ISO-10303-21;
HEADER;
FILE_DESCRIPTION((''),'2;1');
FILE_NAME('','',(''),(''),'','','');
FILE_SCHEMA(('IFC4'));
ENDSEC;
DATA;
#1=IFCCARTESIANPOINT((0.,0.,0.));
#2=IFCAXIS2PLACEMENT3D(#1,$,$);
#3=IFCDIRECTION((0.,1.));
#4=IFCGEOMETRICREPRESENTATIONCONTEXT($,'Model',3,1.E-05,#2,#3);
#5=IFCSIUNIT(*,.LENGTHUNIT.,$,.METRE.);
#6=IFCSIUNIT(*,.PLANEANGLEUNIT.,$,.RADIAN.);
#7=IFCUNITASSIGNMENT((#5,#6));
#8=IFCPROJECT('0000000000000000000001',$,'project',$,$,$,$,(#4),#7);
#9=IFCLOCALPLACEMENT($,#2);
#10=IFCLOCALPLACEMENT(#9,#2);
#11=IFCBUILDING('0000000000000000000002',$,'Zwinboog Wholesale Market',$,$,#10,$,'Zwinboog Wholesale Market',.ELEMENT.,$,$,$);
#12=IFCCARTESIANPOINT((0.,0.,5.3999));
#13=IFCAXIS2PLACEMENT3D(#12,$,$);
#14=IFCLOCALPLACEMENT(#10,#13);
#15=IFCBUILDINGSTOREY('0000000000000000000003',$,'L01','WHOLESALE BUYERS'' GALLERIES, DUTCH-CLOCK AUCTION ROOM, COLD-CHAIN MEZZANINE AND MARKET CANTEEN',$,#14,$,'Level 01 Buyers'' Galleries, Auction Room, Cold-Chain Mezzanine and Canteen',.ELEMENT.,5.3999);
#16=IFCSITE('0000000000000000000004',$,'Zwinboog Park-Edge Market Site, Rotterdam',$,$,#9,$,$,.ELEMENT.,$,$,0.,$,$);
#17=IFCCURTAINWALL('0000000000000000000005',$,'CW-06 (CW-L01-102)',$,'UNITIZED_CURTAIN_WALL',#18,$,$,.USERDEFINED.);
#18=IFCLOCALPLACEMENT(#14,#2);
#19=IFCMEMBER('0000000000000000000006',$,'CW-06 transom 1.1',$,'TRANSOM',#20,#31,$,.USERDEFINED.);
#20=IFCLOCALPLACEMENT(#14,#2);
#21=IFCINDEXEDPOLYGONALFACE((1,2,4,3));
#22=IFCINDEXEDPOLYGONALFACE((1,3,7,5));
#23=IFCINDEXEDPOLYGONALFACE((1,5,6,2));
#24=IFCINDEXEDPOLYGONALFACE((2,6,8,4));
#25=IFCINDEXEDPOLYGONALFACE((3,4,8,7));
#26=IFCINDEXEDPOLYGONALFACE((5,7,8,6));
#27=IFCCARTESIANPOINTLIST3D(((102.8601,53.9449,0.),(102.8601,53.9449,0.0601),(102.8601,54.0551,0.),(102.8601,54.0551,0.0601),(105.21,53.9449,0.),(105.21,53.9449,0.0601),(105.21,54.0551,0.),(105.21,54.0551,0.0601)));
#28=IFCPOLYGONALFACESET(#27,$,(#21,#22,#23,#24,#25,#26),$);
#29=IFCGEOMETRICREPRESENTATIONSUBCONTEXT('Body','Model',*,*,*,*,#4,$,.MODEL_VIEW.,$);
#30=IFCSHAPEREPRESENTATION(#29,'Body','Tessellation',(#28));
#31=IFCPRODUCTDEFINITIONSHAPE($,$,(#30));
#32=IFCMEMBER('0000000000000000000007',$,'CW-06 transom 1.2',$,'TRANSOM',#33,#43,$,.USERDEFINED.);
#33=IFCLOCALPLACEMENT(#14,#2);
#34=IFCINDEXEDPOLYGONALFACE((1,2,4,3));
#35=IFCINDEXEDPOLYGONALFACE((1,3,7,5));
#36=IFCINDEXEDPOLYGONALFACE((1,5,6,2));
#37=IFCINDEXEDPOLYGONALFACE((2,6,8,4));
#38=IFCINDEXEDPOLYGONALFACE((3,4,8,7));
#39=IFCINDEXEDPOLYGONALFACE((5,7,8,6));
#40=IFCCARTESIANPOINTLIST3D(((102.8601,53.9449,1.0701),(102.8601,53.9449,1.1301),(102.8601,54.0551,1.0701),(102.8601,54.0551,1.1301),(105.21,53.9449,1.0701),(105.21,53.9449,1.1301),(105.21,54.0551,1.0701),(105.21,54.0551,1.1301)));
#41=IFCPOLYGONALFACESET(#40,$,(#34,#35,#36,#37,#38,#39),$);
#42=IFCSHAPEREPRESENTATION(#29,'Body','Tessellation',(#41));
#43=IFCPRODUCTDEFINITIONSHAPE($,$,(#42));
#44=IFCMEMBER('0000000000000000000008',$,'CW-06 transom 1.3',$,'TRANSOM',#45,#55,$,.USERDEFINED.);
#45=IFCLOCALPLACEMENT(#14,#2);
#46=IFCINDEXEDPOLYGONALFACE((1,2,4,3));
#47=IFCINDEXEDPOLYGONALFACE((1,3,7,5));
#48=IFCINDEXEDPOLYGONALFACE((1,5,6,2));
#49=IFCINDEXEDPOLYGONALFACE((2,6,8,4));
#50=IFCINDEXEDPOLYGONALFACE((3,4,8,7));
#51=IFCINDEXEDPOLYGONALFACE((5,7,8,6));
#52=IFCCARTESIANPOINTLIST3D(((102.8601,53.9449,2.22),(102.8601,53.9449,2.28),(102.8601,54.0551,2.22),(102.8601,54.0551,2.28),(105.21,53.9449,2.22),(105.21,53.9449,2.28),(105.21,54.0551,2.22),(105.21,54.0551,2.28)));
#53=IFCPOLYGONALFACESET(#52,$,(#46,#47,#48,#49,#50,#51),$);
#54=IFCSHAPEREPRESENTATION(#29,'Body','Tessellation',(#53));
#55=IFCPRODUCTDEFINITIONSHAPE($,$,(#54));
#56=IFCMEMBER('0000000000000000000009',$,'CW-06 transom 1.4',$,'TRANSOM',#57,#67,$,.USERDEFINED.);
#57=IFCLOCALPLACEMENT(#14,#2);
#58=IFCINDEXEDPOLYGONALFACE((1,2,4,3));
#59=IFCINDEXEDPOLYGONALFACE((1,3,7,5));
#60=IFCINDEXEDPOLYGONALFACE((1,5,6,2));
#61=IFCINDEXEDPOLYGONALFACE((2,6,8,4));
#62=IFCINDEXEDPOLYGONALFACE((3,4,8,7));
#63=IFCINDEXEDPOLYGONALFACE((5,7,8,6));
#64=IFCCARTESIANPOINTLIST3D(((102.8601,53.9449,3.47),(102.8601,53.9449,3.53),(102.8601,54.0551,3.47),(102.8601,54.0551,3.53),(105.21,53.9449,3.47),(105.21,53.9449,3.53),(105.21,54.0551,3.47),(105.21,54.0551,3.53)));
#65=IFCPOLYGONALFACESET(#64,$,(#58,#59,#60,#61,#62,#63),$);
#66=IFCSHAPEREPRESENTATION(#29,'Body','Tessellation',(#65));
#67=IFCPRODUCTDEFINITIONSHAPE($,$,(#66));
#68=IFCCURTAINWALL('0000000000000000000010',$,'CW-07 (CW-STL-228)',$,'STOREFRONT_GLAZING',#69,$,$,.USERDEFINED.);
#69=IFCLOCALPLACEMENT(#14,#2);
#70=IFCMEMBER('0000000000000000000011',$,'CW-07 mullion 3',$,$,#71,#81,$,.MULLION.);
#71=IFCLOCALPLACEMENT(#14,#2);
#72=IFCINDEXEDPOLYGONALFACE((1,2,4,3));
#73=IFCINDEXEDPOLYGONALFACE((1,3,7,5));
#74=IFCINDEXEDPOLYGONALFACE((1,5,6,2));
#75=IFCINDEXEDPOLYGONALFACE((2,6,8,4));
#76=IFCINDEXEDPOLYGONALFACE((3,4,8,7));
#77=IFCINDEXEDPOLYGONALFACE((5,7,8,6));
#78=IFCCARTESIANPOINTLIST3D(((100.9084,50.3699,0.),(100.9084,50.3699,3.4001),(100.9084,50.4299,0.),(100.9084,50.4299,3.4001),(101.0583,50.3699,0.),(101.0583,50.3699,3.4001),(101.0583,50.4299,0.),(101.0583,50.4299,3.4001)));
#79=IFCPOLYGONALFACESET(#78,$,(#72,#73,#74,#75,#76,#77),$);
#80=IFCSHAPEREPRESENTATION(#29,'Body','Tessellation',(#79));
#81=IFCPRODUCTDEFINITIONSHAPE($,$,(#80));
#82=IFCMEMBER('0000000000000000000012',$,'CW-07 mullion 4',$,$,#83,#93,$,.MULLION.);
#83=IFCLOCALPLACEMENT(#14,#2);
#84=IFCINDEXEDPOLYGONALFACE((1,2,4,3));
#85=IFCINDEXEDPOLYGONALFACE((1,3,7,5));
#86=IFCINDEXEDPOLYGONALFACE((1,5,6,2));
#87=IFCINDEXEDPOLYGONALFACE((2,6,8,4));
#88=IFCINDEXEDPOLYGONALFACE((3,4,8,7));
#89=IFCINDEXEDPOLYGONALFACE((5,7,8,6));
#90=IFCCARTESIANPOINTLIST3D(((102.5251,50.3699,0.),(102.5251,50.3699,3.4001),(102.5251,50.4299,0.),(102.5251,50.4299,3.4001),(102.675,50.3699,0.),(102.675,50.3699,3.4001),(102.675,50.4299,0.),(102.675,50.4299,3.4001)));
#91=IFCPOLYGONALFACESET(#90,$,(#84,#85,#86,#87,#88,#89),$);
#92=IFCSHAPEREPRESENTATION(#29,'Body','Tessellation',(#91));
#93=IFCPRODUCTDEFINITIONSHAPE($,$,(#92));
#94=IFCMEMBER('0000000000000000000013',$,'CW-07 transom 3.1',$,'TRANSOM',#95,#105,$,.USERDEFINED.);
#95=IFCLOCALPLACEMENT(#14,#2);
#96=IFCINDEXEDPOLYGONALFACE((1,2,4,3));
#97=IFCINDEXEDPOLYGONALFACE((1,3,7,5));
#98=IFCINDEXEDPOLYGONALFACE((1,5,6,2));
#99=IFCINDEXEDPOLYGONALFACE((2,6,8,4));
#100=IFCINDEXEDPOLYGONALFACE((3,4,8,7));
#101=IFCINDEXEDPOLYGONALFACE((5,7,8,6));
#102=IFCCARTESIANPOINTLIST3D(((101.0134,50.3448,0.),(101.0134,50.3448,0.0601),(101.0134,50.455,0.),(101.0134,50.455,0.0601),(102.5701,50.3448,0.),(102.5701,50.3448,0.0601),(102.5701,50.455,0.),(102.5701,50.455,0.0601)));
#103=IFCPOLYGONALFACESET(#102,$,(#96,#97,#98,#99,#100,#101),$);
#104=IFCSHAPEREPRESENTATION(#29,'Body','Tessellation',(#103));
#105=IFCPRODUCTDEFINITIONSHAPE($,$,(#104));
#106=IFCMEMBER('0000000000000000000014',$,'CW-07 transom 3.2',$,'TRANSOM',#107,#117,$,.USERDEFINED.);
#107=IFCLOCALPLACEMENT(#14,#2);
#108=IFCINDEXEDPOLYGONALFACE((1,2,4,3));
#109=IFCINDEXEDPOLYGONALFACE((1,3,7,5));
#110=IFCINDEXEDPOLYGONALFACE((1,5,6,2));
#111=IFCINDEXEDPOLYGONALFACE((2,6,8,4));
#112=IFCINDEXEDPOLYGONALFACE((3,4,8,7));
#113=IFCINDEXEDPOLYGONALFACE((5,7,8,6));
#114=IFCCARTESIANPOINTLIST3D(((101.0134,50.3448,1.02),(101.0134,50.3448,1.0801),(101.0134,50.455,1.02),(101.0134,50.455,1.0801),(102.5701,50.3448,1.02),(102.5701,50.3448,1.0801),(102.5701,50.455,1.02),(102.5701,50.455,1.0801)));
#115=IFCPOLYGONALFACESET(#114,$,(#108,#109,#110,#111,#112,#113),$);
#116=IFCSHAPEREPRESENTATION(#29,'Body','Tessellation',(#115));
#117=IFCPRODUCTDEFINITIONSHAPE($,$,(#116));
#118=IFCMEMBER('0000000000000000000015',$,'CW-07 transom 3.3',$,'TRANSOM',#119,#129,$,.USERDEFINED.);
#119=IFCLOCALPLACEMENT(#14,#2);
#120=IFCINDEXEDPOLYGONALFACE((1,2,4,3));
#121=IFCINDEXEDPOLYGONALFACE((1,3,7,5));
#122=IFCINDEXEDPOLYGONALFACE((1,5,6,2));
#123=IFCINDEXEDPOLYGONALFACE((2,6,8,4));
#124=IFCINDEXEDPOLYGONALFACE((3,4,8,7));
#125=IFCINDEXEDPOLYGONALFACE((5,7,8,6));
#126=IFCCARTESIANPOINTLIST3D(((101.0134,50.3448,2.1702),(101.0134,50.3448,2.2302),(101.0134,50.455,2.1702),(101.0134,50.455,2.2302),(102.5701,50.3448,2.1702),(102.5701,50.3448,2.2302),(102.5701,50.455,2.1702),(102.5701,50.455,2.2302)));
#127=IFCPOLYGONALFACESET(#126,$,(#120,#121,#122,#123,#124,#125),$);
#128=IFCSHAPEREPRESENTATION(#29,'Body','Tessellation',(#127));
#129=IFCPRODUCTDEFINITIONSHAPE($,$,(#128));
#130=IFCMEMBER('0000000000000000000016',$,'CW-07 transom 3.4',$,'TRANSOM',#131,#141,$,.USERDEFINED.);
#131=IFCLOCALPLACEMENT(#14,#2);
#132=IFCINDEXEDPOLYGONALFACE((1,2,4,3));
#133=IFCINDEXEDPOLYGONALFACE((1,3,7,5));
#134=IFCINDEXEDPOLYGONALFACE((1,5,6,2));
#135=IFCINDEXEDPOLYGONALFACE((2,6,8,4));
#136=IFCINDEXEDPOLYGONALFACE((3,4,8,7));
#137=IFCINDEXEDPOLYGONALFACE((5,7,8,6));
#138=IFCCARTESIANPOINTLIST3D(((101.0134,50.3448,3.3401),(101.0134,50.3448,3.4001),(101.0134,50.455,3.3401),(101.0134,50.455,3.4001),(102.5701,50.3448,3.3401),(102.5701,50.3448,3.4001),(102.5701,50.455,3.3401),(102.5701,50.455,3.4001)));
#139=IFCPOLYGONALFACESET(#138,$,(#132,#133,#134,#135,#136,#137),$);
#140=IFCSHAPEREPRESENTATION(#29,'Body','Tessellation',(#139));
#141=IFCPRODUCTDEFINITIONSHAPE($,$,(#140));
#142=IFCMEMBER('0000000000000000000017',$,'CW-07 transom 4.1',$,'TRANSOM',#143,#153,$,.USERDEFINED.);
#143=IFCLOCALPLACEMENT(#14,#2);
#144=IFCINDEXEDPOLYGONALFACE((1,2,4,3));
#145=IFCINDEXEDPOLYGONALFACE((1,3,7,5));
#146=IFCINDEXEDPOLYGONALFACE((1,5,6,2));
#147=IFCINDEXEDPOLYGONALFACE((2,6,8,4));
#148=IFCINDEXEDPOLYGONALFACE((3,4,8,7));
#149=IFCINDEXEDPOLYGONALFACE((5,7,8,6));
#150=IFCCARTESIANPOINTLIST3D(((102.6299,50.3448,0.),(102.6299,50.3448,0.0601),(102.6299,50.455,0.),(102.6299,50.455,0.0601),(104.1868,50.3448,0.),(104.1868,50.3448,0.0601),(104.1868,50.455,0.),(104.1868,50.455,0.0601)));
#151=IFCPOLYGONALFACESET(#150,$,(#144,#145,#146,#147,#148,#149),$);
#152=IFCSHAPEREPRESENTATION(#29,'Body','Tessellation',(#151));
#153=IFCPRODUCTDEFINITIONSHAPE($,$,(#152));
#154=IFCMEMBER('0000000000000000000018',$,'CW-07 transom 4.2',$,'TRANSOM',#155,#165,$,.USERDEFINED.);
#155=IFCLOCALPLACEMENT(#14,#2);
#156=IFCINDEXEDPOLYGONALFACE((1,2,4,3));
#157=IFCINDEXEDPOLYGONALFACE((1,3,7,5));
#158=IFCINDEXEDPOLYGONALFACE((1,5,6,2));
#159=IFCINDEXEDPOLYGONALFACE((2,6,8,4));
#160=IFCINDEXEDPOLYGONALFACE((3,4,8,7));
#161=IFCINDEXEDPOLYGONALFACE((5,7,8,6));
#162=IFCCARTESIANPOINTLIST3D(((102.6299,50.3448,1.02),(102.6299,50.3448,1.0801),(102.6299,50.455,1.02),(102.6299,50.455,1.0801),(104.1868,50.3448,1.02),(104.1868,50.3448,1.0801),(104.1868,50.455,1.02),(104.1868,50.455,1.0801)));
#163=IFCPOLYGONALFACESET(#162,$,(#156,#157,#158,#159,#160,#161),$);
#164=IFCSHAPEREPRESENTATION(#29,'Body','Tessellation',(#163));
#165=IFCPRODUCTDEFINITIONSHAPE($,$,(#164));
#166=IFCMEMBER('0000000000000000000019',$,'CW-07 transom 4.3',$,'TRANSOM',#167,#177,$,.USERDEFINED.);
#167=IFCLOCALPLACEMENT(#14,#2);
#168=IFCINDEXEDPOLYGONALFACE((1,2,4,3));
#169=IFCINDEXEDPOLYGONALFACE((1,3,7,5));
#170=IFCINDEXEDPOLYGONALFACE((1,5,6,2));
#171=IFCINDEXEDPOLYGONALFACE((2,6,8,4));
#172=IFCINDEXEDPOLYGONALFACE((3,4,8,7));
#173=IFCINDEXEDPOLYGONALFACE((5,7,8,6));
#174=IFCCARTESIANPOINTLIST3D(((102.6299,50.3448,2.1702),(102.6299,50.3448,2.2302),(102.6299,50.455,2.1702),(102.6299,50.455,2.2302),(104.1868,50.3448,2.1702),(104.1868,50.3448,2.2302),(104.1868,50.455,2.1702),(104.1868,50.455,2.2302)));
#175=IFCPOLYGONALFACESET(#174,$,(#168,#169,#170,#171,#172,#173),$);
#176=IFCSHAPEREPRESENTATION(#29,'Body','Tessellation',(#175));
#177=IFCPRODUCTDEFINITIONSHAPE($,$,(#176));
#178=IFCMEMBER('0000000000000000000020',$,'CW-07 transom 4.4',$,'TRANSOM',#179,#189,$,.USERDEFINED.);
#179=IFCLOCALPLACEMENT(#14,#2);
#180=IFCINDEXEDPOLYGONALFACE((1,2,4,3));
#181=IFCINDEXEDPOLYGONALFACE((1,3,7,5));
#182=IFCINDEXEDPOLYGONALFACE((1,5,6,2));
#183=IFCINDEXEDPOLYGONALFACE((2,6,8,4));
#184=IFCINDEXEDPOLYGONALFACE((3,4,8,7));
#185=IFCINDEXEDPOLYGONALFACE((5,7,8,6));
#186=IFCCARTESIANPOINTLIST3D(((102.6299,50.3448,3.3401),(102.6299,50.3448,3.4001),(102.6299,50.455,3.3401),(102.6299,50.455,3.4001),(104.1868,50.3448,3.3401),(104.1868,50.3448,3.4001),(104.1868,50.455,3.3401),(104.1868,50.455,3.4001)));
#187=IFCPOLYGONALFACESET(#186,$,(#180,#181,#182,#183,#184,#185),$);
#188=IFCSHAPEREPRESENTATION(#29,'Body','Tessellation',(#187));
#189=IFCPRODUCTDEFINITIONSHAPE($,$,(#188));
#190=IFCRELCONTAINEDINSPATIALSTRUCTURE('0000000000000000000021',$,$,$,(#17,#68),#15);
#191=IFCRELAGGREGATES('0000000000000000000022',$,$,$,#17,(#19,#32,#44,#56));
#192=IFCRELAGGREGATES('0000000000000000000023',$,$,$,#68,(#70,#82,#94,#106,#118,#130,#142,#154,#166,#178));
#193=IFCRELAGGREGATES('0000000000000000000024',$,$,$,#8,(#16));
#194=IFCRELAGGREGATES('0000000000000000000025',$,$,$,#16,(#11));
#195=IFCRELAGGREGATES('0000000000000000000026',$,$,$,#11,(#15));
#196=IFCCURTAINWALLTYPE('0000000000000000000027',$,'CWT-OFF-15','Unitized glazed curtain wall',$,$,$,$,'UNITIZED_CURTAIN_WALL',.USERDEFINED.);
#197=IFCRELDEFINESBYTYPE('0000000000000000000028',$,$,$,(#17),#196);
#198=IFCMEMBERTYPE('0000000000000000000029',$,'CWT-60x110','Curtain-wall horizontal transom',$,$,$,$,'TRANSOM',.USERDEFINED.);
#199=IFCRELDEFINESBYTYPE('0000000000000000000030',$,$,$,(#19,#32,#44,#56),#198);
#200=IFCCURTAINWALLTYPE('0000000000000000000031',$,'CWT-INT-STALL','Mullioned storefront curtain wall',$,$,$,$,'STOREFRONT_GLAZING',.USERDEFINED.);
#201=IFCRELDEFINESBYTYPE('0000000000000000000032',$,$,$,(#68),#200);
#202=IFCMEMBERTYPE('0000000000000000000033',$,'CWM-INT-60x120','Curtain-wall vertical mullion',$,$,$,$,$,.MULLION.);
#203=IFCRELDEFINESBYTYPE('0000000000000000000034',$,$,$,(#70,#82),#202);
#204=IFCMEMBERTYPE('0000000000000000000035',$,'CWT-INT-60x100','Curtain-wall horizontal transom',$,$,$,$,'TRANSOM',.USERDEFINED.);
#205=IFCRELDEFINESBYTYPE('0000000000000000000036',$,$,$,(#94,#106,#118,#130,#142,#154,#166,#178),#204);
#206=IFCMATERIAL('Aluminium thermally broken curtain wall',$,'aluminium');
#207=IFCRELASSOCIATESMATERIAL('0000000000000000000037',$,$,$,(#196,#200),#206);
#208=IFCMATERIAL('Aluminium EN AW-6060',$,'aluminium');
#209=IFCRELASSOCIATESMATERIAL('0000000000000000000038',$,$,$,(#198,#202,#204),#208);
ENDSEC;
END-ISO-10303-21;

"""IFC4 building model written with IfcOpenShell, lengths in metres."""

from ifc_helpers import new_model, si_unit, direction, frame, origin, origin_2d, place, context, subcontext, project, spatial, rectangle, extrude, material, material_profile, profile_set, type_object, element, aggregate, save


model = new_model("IFC4")

# Units and contexts
model_context = context("Model", 3, precision=1e-05, world=origin(), true_north=direction((0.0, 1.0)))
body_context = subcontext(model_context, "Body", "Model", "MODEL_VIEW")
ifc_project = project(units=[si_unit("LENGTHUNIT", "METRE"), si_unit("PLANEANGLEUNIT", "RADIAN")], contexts=[model_context])

# Site, building, storey
site_placement = place(None, origin())
site = spatial("IfcSite", under=ifc_project, at=site_placement, Name="Zwinboog Park-Edge Market Site, Rotterdam", CompositionType="ELEMENT", RefElevation=0.0)
building_placement = place(site_placement, origin())
building = spatial("IfcBuilding", under=site, at=building_placement, Name="Zwinboog Wholesale Market", LongName="Zwinboog Wholesale Market", CompositionType="ELEMENT")
storey_placement = place(building_placement, frame((0.0, 0.0, 5.3999)))
storey = spatial("IfcBuildingStorey", under=building, at=storey_placement, Name="L01", Description="WHOLESALE BUYERS' GALLERIES, DUTCH-CLOCK AUCTION ROOM, COLD-CHAIN MEZZANINE AND MARKET CANTEEN", LongName="Level 01 Buyers' Galleries, Auction Room, Cold-Chain Mezzanine and Canteen", CompositionType="ELEMENT", Elevation=5.3999)

# Shared definitions
ifc_material_1 = material(Name="Aluminium thermally broken curtain wall", Category="aluminium")
ifc_material_2 = material(Name="Aluminium EN AW-6060", Category="aluminium")

# Curtain wall
curtain_wall_type_1 = type_object("IfcCurtainWallType", Name="CWT-OFF-15", Description="Unitized glazed curtain wall", ElementType="UNITIZED_CURTAIN_WALL", PredefinedType="USERDEFINED", material=ifc_material_1)
curtain_wall_1_placement = place(storey_placement, origin())
curtain_wall_1 = element("IfcCurtainWall", 1, at=curtain_wall_1_placement, inside=storey, type_object=curtain_wall_type_1, Name="CW-06 (CW-L01-102)", ObjectType="UNITIZED_CURTAIN_WALL", PredefinedType="USERDEFINED")

# Members
ifc_material_profile_1 = material_profile(ifc_material_2, rectangle(XDim=0.1101, YDim=0.0601, at=origin_2d()), Name="AL 60x110")
ifc_profile_set_1 = profile_set([ifc_material_profile_1], Name="Aluminium EN AW-6060")
member_type_1 = type_object("IfcMemberType", Name="CWT-60x110", Description="Curtain-wall horizontal transom", ElementType="TRANSOM", PredefinedType="USERDEFINED", material=ifc_profile_set_1)
member_1_placement = place(storey_placement, frame((102.8601, 54.0, 0.03), z_axis=(1.0, 0.0, 0.0), x_axis=(0.0, 1.0, 0.0)))
member_1 = element("IfcMember", 2, at=member_1_placement, type_object=member_type_1, Name="CW-06 transom 1.1", ObjectType="TRANSOM", PredefinedType="USERDEFINED", context=body_context, shape_type="SweptSolid", body=[
    extrude(rectangle(XDim=0.1101, YDim=0.0601, at=origin_2d()), origin(), (0.0, 0.0, 1.0), 2.3499),
])
member_2_placement = place(storey_placement, frame((102.8601, 54.0, 1.1001), z_axis=(1.0, 0.0, 0.0), x_axis=(0.0, 1.0, 0.0)))
member_2 = element("IfcMember", 3, at=member_2_placement, type_object=member_type_1, Name="CW-06 transom 1.2", ObjectType="TRANSOM", PredefinedType="USERDEFINED", context=body_context, shape_type="SweptSolid", body=[
    extrude(rectangle(XDim=0.1101, YDim=0.0601, at=origin_2d()), origin(), (0.0, 0.0, 1.0), 2.3499),
])
member_3_placement = place(storey_placement, frame((102.8601, 54.0, 2.25), z_axis=(1.0, 0.0, 0.0), x_axis=(0.0, 1.0, 0.0)))
member_3 = element("IfcMember", 4, at=member_3_placement, type_object=member_type_1, Name="CW-06 transom 1.3", ObjectType="TRANSOM", PredefinedType="USERDEFINED", context=body_context, shape_type="SweptSolid", body=[
    extrude(rectangle(XDim=0.1101, YDim=0.0601, at=origin_2d()), origin(), (0.0, 0.0, 1.0), 2.3499),
])
member_4_placement = place(storey_placement, frame((102.8601, 54.0, 3.5), z_axis=(1.0, 0.0, 0.0), x_axis=(0.0, 1.0, 0.0)))
member_4 = element("IfcMember", 5, at=member_4_placement, type_object=member_type_1, Name="CW-06 transom 1.4", ObjectType="TRANSOM", PredefinedType="USERDEFINED", context=body_context, shape_type="SweptSolid", body=[
    extrude(rectangle(XDim=0.1101, YDim=0.0601, at=origin_2d()), origin(), (0.0, 0.0, 1.0), 2.3499),
])
aggregate(curtain_wall_1, [member_1, member_2, member_3, member_4])

# Curtain wall, members
curtain_wall_type_2 = type_object("IfcCurtainWallType", Name="CWT-INT-STALL", Description="Mullioned storefront curtain wall", ElementType="STOREFRONT_GLAZING", PredefinedType="USERDEFINED", material=ifc_material_1)
curtain_wall_2_placement = place(storey_placement, origin())
curtain_wall_2 = element("IfcCurtainWall", 6, at=curtain_wall_2_placement, inside=storey, type_object=curtain_wall_type_2, Name="CW-07 (CW-STL-228)", ObjectType="STOREFRONT_GLAZING", PredefinedType="USERDEFINED")
ifc_material_profile_2 = material_profile(ifc_material_2, rectangle(XDim=0.0601, YDim=0.1499, at=origin_2d()), Name="AL 60x150")
ifc_profile_set_2 = profile_set([ifc_material_profile_2], Name="Aluminium EN AW-6060")
member_type_2 = type_object("IfcMemberType", Name="CWM-INT-60x120", Description="Curtain-wall vertical mullion", PredefinedType="MULLION", material=ifc_profile_set_2)
member_5_placement = place(storey_placement, frame((100.9834, 50.3999, 0.0), z_axis=(0.0, 0.0, 1.0), x_axis=(0.0, 1.0, 0.0)))
member_5 = element("IfcMember", 7, at=member_5_placement, type_object=member_type_2, Name="CW-07 mullion 3", PredefinedType="MULLION", context=body_context, shape_type="SweptSolid", body=[
    extrude(rectangle(XDim=0.0601, YDim=0.1499, at=origin_2d()), origin(), (0.0, 0.0, 1.0), 3.4001),
])
member_6_placement = place(storey_placement, frame((102.6001, 50.3999, 0.0), z_axis=(0.0, 0.0, 1.0), x_axis=(0.0, 1.0, 0.0)))
member_6 = element("IfcMember", 8, at=member_6_placement, type_object=member_type_2, Name="CW-07 mullion 4", PredefinedType="MULLION", context=body_context, shape_type="SweptSolid", body=[
    extrude(rectangle(XDim=0.0601, YDim=0.1499, at=origin_2d()), origin(), (0.0, 0.0, 1.0), 3.4001),
])
ifc_material_profile_3 = material_profile(ifc_material_2, rectangle(XDim=0.1101, YDim=0.0601, at=origin_2d()), Name="AL 60x110")
ifc_profile_set_3 = profile_set([ifc_material_profile_3], Name="Aluminium EN AW-6060")
member_type_3 = type_object("IfcMemberType", Name="CWT-INT-60x100", Description="Curtain-wall horizontal transom", ElementType="TRANSOM", PredefinedType="USERDEFINED", material=ifc_profile_set_3)
member_7_placement = place(storey_placement, frame((101.0134, 50.3999, 0.03), z_axis=(1.0, 0.0, 0.0), x_axis=(0.0, 1.0, 0.0)))
member_7 = element("IfcMember", 9, at=member_7_placement, type_object=member_type_3, Name="CW-07 transom 3.1", ObjectType="TRANSOM", PredefinedType="USERDEFINED", context=body_context, shape_type="SweptSolid", body=[
    extrude(rectangle(XDim=0.1101, YDim=0.0601, at=origin_2d()), origin(), (0.0, 0.0, 1.0), 1.5566),
])
member_8_placement = place(storey_placement, frame((101.0134, 50.3999, 1.05), z_axis=(1.0, 0.0, 0.0), x_axis=(0.0, 1.0, 0.0)))
member_8 = element("IfcMember", 10, at=member_8_placement, type_object=member_type_3, Name="CW-07 transom 3.2", ObjectType="TRANSOM", PredefinedType="USERDEFINED", context=body_context, shape_type="SweptSolid", body=[
    extrude(rectangle(XDim=0.1101, YDim=0.0601, at=origin_2d()), origin(), (0.0, 0.0, 1.0), 1.5566),
])
member_9_placement = place(storey_placement, frame((101.0134, 50.3999, 2.2002), z_axis=(1.0, 0.0, 0.0), x_axis=(0.0, 1.0, 0.0)))
member_9 = element("IfcMember", 11, at=member_9_placement, type_object=member_type_3, Name="CW-07 transom 3.3", ObjectType="TRANSOM", PredefinedType="USERDEFINED", context=body_context, shape_type="SweptSolid", body=[
    extrude(rectangle(XDim=0.1101, YDim=0.0601, at=origin_2d()), origin(), (0.0, 0.0, 1.0), 1.5566),
])
member_10_placement = place(storey_placement, frame((101.0134, 50.3999, 3.3701), z_axis=(1.0, 0.0, 0.0), x_axis=(0.0, 1.0, 0.0)))
member_10 = element("IfcMember", 12, at=member_10_placement, type_object=member_type_3, Name="CW-07 transom 3.4", ObjectType="TRANSOM", PredefinedType="USERDEFINED", context=body_context, shape_type="SweptSolid", body=[
    extrude(rectangle(XDim=0.1101, YDim=0.0601, at=origin_2d()), origin(), (0.0, 0.0, 1.0), 1.5566),
])
member_11_placement = place(storey_placement, frame((102.6299, 50.3999, 0.03), z_axis=(1.0, 0.0, 0.0), x_axis=(0.0, 1.0, 0.0)))
member_11 = element("IfcMember", 13, at=member_11_placement, type_object=member_type_3, Name="CW-07 transom 4.1", ObjectType="TRANSOM", PredefinedType="USERDEFINED", context=body_context, shape_type="SweptSolid", body=[
    extrude(rectangle(XDim=0.1101, YDim=0.0601, at=origin_2d()), origin(), (0.0, 0.0, 1.0), 1.5569),
])
member_12_placement = place(storey_placement, frame((102.6299, 50.3999, 1.05), z_axis=(1.0, 0.0, 0.0), x_axis=(0.0, 1.0, 0.0)))
member_12 = element("IfcMember", 14, at=member_12_placement, type_object=member_type_3, Name="CW-07 transom 4.2", ObjectType="TRANSOM", PredefinedType="USERDEFINED", context=body_context, shape_type="SweptSolid", body=[
    extrude(rectangle(XDim=0.1101, YDim=0.0601, at=origin_2d()), origin(), (0.0, 0.0, 1.0), 1.5569),
])
member_13_placement = place(storey_placement, frame((102.6299, 50.3999, 2.2002), z_axis=(1.0, 0.0, 0.0), x_axis=(0.0, 1.0, 0.0)))
member_13 = element("IfcMember", 15, at=member_13_placement, type_object=member_type_3, Name="CW-07 transom 4.3", ObjectType="TRANSOM", PredefinedType="USERDEFINED", context=body_context, shape_type="SweptSolid", body=[
    extrude(rectangle(XDim=0.1101, YDim=0.0601, at=origin_2d()), origin(), (0.0, 0.0, 1.0), 1.5569),
])
member_14_placement = place(storey_placement, frame((102.6299, 50.3999, 3.3701), z_axis=(1.0, 0.0, 0.0), x_axis=(0.0, 1.0, 0.0)))
member_14 = element("IfcMember", 16, at=member_14_placement, type_object=member_type_3, Name="CW-07 transom 4.4", ObjectType="TRANSOM", PredefinedType="USERDEFINED", context=body_context, shape_type="SweptSolid", body=[
    extrude(rectangle(XDim=0.1101, YDim=0.0601, at=origin_2d()), origin(), (0.0, 0.0, 1.0), 1.5569),
])

aggregate(curtain_wall_2, [member_5, member_6, member_7, member_8, member_9, member_10, member_11, member_12, member_13, member_14])

save(model, "model.ifc")
